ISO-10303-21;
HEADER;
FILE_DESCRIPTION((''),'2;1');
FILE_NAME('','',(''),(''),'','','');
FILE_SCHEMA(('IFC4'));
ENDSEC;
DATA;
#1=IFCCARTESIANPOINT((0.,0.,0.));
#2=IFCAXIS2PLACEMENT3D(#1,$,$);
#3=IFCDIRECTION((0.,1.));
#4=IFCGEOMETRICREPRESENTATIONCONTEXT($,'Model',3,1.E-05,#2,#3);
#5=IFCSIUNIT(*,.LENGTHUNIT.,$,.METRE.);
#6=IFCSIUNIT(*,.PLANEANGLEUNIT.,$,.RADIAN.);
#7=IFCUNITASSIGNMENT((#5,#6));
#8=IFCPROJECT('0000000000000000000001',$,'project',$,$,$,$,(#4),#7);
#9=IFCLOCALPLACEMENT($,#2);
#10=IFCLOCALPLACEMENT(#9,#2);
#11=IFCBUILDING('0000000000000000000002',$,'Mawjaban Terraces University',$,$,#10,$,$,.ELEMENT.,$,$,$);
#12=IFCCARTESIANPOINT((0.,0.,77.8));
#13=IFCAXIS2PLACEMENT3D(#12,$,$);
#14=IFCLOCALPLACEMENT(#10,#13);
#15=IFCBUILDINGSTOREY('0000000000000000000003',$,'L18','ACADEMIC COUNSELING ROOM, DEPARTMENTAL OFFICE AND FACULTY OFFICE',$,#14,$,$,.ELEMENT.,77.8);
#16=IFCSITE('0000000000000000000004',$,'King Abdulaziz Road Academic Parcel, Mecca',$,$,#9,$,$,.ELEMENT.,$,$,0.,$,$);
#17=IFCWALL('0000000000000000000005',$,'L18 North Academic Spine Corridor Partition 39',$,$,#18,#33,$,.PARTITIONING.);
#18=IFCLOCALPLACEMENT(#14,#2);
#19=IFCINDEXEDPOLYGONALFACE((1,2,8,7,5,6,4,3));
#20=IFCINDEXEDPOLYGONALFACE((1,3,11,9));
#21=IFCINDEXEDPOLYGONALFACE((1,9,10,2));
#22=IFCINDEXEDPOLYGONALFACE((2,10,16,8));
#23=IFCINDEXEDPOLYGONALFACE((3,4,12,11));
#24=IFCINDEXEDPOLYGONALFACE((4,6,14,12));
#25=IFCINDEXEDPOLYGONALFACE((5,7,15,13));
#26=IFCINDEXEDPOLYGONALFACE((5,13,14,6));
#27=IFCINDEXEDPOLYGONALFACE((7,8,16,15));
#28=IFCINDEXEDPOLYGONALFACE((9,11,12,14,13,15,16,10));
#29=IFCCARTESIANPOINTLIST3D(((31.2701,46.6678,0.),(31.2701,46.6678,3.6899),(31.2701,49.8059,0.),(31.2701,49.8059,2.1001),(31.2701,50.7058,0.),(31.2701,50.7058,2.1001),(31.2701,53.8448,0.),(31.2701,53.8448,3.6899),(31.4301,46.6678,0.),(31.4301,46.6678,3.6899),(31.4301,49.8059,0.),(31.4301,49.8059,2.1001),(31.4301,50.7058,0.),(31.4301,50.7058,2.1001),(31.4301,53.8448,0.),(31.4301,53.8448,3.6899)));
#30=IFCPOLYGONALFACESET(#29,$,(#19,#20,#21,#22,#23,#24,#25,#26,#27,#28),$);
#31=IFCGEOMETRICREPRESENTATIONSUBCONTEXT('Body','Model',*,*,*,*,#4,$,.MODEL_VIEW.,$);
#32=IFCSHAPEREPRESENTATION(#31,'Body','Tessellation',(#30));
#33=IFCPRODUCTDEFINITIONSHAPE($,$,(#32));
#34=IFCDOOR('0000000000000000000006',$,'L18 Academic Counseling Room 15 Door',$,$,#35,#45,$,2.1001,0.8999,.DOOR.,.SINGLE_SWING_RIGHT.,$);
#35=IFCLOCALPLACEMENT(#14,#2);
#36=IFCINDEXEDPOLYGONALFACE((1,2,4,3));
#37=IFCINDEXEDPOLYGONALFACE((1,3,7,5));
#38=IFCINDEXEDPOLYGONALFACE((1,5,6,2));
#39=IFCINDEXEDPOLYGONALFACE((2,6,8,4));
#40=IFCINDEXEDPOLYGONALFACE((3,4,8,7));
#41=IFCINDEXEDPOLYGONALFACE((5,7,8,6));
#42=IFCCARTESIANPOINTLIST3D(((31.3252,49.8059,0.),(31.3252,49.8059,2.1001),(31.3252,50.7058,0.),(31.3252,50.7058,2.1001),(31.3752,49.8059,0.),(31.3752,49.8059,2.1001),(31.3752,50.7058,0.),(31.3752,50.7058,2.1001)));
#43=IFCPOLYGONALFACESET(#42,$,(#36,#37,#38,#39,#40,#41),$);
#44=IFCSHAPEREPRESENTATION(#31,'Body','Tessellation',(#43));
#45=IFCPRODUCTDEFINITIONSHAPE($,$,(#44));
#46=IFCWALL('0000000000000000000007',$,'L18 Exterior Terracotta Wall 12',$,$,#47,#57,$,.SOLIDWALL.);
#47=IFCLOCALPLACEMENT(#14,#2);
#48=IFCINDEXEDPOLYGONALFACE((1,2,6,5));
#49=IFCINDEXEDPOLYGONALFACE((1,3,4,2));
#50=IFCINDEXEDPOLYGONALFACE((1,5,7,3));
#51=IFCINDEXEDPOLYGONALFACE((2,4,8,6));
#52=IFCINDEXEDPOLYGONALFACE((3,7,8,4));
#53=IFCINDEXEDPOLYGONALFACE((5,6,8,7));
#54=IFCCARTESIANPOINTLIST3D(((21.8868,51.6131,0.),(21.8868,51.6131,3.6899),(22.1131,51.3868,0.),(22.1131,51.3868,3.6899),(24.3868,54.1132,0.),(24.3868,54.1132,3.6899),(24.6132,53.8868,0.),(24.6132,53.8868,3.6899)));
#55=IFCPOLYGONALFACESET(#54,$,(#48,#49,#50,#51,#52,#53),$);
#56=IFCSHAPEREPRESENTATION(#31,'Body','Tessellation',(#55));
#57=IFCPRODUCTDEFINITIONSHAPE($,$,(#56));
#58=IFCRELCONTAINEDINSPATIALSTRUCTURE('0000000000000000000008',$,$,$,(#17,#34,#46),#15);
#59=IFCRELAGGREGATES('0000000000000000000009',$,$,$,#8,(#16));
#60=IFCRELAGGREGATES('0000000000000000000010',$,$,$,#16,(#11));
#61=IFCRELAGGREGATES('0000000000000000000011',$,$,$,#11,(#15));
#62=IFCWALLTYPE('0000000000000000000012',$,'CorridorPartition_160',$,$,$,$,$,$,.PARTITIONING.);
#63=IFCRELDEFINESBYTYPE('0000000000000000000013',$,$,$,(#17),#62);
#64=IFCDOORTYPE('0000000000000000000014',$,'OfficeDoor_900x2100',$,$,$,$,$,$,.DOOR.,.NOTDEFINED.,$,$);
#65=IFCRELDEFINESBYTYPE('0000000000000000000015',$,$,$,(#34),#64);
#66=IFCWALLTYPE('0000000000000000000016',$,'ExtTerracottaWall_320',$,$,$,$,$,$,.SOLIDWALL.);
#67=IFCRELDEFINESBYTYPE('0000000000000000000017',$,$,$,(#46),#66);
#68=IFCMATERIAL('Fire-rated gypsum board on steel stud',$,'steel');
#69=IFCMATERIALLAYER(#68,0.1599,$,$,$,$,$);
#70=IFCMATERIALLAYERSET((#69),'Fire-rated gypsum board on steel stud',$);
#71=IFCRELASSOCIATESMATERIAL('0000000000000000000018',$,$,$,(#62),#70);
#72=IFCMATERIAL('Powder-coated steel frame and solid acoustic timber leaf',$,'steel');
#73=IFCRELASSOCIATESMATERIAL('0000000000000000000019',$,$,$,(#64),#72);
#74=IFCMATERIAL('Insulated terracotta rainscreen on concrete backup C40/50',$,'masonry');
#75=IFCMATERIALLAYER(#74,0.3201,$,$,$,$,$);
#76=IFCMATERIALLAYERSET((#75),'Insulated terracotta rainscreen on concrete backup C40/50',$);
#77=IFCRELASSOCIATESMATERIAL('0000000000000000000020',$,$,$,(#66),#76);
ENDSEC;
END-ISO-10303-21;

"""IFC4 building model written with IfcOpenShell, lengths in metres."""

from ifc_helpers import new_model, si_unit, direction, frame, frame_2d, origin, place, context, subcontext, project, spatial, rectangle, extrude, material, layer, layer_set, type_object, element, fill, save


model = new_model("IFC4")

# Units and contexts
model_context = context("Model", 3, precision=1e-05, world=origin(), true_north=direction((0.0, 1.0)))
body_context = subcontext(model_context, "Body", "Model", "MODEL_VIEW")
ifc_project = project(units=[si_unit("LENGTHUNIT", "METRE"), si_unit("PLANEANGLEUNIT", "RADIAN")], contexts=[model_context])

# Site, building, storey
site_placement = place(None, origin())
site = spatial("IfcSite", under=ifc_project, at=site_placement, Name="King Abdulaziz Road Academic Parcel, Mecca", CompositionType="ELEMENT", RefElevation=0.0)
building_placement = place(site_placement, origin())
building = spatial("IfcBuilding", under=site, at=building_placement, Name="Mawjaban Terraces University", CompositionType="ELEMENT")
storey_placement = place(building_placement, frame((0.0, 0.0, 77.8)))
storey = spatial("IfcBuildingStorey", under=building, at=storey_placement, Name="L18", Description="ACADEMIC COUNSELING ROOM, DEPARTMENTAL OFFICE AND FACULTY OFFICE", CompositionType="ELEMENT", Elevation=77.8)

# Wall, opening, door
ifc_material_1 = material(Name="Powder-coated steel frame and solid acoustic timber leaf", Category="steel")
ifc_material_2 = material(Name="Fire-rated gypsum board on steel stud", Category="steel")
ifc_layer_1 = layer(ifc_material_2, 0.1599)
ifc_layer_set_1 = layer_set([ifc_layer_1], Name="Fire-rated gypsum board on steel stud")
wall_type_1 = type_object("IfcWallType", Name="CorridorPartition_160", PredefinedType="PARTITIONING", material=ifc_layer_set_1)
wall_1_placement = place(storey_placement, frame((31.3501, 46.668, 0.0), z_axis=(0.0, 0.0, 1.0), x_axis=(0.0, 1.0, 0.0)))
wall_1 = element("IfcWall", 1, at=wall_1_placement, inside=storey, type_object=wall_type_1, Name="L18 North Academic Spine Corridor Partition 39", PredefinedType="PARTITIONING", context=body_context, shape_type="SweptSolid", body=[
    extrude(rectangle(XDim=7.177, YDim=0.1599, at=frame_2d((3.5884, 0.0))), origin(), (0.0, 0.0, 1.0), 3.6899),
])
opening_1_placement = place(wall_1_placement, frame((3.1379, 0.0, 0.0)))
opening_1 = element("IfcOpeningElement", 2, at=opening_1_placement, cuts=wall_1, PredefinedType="OPENING", context=body_context, shape_type="SweptSolid", body=[
    extrude(rectangle(XDim=0.8999, YDim=2.1001, at=frame_2d((0.45, 1.05))), frame((0.0, 0.0898, 0.0), z_axis=(0.0, -1.0, 0.0), x_axis=(1.0, 0.0, 0.0)), (0.0, 0.0, 1.0), 0.1799),
])
door_type_1 = type_object("IfcDoorType", Name="OfficeDoor_900x2100", OperationType="NOTDEFINED", PredefinedType="DOOR", material=ifc_material_1)
door_1_placement = place(opening_1_placement, origin())
door_1 = element("IfcDoor", 3, at=door_1_placement, inside=storey, type_object=door_type_1, Name="L18 Academic Counseling Room 15 Door", OperationType="SINGLE_SWING_RIGHT", OverallHeight=2.1001, OverallWidth=0.8999, PredefinedType="DOOR", context=body_context, shape_type="SweptSolid", body=[
    extrude(rectangle(XDim=0.8999, YDim=2.1001, at=frame_2d((0.45, 1.05))), frame((0.0, 0.0249, 0.0), z_axis=(0.0, -1.0, 0.0), x_axis=(1.0, 0.0, 0.0)), (0.0, 0.0, 1.0), 0.05),
])
fill(opening_1, door_1)

# Wall
ifc_material_3 = material(Name="Insulated terracotta rainscreen on concrete backup C40/50", Category="masonry")
ifc_layer_2 = layer(ifc_material_3, 0.3201)
ifc_layer_set_2 = layer_set([ifc_layer_2], Name="Insulated terracotta rainscreen on concrete backup C40/50")
wall_type_2 = type_object("IfcWallType", Name="ExtTerracottaWall_320", PredefinedType="SOLIDWALL", material=ifc_layer_set_2)
wall_2_placement = place(storey_placement, frame((24.5, 54.0, 0.0), z_axis=(0.0, 0.0, 1.0), x_axis=(-0.707107, -0.707107, 0.0)))
element("IfcWall", 4, at=wall_2_placement, inside=storey, type_object=wall_type_2, Name="L18 Exterior Terracotta Wall 12", PredefinedType="SOLIDWALL", context=body_context, shape_type="SweptSolid", body=[
    extrude(rectangle(XDim=3.5356, YDim=0.3201, at=frame_2d((1.7678, 0.0))), origin(), (0.0, 0.0, 1.0), 3.6899),
])

save(model, "model.ifc")
